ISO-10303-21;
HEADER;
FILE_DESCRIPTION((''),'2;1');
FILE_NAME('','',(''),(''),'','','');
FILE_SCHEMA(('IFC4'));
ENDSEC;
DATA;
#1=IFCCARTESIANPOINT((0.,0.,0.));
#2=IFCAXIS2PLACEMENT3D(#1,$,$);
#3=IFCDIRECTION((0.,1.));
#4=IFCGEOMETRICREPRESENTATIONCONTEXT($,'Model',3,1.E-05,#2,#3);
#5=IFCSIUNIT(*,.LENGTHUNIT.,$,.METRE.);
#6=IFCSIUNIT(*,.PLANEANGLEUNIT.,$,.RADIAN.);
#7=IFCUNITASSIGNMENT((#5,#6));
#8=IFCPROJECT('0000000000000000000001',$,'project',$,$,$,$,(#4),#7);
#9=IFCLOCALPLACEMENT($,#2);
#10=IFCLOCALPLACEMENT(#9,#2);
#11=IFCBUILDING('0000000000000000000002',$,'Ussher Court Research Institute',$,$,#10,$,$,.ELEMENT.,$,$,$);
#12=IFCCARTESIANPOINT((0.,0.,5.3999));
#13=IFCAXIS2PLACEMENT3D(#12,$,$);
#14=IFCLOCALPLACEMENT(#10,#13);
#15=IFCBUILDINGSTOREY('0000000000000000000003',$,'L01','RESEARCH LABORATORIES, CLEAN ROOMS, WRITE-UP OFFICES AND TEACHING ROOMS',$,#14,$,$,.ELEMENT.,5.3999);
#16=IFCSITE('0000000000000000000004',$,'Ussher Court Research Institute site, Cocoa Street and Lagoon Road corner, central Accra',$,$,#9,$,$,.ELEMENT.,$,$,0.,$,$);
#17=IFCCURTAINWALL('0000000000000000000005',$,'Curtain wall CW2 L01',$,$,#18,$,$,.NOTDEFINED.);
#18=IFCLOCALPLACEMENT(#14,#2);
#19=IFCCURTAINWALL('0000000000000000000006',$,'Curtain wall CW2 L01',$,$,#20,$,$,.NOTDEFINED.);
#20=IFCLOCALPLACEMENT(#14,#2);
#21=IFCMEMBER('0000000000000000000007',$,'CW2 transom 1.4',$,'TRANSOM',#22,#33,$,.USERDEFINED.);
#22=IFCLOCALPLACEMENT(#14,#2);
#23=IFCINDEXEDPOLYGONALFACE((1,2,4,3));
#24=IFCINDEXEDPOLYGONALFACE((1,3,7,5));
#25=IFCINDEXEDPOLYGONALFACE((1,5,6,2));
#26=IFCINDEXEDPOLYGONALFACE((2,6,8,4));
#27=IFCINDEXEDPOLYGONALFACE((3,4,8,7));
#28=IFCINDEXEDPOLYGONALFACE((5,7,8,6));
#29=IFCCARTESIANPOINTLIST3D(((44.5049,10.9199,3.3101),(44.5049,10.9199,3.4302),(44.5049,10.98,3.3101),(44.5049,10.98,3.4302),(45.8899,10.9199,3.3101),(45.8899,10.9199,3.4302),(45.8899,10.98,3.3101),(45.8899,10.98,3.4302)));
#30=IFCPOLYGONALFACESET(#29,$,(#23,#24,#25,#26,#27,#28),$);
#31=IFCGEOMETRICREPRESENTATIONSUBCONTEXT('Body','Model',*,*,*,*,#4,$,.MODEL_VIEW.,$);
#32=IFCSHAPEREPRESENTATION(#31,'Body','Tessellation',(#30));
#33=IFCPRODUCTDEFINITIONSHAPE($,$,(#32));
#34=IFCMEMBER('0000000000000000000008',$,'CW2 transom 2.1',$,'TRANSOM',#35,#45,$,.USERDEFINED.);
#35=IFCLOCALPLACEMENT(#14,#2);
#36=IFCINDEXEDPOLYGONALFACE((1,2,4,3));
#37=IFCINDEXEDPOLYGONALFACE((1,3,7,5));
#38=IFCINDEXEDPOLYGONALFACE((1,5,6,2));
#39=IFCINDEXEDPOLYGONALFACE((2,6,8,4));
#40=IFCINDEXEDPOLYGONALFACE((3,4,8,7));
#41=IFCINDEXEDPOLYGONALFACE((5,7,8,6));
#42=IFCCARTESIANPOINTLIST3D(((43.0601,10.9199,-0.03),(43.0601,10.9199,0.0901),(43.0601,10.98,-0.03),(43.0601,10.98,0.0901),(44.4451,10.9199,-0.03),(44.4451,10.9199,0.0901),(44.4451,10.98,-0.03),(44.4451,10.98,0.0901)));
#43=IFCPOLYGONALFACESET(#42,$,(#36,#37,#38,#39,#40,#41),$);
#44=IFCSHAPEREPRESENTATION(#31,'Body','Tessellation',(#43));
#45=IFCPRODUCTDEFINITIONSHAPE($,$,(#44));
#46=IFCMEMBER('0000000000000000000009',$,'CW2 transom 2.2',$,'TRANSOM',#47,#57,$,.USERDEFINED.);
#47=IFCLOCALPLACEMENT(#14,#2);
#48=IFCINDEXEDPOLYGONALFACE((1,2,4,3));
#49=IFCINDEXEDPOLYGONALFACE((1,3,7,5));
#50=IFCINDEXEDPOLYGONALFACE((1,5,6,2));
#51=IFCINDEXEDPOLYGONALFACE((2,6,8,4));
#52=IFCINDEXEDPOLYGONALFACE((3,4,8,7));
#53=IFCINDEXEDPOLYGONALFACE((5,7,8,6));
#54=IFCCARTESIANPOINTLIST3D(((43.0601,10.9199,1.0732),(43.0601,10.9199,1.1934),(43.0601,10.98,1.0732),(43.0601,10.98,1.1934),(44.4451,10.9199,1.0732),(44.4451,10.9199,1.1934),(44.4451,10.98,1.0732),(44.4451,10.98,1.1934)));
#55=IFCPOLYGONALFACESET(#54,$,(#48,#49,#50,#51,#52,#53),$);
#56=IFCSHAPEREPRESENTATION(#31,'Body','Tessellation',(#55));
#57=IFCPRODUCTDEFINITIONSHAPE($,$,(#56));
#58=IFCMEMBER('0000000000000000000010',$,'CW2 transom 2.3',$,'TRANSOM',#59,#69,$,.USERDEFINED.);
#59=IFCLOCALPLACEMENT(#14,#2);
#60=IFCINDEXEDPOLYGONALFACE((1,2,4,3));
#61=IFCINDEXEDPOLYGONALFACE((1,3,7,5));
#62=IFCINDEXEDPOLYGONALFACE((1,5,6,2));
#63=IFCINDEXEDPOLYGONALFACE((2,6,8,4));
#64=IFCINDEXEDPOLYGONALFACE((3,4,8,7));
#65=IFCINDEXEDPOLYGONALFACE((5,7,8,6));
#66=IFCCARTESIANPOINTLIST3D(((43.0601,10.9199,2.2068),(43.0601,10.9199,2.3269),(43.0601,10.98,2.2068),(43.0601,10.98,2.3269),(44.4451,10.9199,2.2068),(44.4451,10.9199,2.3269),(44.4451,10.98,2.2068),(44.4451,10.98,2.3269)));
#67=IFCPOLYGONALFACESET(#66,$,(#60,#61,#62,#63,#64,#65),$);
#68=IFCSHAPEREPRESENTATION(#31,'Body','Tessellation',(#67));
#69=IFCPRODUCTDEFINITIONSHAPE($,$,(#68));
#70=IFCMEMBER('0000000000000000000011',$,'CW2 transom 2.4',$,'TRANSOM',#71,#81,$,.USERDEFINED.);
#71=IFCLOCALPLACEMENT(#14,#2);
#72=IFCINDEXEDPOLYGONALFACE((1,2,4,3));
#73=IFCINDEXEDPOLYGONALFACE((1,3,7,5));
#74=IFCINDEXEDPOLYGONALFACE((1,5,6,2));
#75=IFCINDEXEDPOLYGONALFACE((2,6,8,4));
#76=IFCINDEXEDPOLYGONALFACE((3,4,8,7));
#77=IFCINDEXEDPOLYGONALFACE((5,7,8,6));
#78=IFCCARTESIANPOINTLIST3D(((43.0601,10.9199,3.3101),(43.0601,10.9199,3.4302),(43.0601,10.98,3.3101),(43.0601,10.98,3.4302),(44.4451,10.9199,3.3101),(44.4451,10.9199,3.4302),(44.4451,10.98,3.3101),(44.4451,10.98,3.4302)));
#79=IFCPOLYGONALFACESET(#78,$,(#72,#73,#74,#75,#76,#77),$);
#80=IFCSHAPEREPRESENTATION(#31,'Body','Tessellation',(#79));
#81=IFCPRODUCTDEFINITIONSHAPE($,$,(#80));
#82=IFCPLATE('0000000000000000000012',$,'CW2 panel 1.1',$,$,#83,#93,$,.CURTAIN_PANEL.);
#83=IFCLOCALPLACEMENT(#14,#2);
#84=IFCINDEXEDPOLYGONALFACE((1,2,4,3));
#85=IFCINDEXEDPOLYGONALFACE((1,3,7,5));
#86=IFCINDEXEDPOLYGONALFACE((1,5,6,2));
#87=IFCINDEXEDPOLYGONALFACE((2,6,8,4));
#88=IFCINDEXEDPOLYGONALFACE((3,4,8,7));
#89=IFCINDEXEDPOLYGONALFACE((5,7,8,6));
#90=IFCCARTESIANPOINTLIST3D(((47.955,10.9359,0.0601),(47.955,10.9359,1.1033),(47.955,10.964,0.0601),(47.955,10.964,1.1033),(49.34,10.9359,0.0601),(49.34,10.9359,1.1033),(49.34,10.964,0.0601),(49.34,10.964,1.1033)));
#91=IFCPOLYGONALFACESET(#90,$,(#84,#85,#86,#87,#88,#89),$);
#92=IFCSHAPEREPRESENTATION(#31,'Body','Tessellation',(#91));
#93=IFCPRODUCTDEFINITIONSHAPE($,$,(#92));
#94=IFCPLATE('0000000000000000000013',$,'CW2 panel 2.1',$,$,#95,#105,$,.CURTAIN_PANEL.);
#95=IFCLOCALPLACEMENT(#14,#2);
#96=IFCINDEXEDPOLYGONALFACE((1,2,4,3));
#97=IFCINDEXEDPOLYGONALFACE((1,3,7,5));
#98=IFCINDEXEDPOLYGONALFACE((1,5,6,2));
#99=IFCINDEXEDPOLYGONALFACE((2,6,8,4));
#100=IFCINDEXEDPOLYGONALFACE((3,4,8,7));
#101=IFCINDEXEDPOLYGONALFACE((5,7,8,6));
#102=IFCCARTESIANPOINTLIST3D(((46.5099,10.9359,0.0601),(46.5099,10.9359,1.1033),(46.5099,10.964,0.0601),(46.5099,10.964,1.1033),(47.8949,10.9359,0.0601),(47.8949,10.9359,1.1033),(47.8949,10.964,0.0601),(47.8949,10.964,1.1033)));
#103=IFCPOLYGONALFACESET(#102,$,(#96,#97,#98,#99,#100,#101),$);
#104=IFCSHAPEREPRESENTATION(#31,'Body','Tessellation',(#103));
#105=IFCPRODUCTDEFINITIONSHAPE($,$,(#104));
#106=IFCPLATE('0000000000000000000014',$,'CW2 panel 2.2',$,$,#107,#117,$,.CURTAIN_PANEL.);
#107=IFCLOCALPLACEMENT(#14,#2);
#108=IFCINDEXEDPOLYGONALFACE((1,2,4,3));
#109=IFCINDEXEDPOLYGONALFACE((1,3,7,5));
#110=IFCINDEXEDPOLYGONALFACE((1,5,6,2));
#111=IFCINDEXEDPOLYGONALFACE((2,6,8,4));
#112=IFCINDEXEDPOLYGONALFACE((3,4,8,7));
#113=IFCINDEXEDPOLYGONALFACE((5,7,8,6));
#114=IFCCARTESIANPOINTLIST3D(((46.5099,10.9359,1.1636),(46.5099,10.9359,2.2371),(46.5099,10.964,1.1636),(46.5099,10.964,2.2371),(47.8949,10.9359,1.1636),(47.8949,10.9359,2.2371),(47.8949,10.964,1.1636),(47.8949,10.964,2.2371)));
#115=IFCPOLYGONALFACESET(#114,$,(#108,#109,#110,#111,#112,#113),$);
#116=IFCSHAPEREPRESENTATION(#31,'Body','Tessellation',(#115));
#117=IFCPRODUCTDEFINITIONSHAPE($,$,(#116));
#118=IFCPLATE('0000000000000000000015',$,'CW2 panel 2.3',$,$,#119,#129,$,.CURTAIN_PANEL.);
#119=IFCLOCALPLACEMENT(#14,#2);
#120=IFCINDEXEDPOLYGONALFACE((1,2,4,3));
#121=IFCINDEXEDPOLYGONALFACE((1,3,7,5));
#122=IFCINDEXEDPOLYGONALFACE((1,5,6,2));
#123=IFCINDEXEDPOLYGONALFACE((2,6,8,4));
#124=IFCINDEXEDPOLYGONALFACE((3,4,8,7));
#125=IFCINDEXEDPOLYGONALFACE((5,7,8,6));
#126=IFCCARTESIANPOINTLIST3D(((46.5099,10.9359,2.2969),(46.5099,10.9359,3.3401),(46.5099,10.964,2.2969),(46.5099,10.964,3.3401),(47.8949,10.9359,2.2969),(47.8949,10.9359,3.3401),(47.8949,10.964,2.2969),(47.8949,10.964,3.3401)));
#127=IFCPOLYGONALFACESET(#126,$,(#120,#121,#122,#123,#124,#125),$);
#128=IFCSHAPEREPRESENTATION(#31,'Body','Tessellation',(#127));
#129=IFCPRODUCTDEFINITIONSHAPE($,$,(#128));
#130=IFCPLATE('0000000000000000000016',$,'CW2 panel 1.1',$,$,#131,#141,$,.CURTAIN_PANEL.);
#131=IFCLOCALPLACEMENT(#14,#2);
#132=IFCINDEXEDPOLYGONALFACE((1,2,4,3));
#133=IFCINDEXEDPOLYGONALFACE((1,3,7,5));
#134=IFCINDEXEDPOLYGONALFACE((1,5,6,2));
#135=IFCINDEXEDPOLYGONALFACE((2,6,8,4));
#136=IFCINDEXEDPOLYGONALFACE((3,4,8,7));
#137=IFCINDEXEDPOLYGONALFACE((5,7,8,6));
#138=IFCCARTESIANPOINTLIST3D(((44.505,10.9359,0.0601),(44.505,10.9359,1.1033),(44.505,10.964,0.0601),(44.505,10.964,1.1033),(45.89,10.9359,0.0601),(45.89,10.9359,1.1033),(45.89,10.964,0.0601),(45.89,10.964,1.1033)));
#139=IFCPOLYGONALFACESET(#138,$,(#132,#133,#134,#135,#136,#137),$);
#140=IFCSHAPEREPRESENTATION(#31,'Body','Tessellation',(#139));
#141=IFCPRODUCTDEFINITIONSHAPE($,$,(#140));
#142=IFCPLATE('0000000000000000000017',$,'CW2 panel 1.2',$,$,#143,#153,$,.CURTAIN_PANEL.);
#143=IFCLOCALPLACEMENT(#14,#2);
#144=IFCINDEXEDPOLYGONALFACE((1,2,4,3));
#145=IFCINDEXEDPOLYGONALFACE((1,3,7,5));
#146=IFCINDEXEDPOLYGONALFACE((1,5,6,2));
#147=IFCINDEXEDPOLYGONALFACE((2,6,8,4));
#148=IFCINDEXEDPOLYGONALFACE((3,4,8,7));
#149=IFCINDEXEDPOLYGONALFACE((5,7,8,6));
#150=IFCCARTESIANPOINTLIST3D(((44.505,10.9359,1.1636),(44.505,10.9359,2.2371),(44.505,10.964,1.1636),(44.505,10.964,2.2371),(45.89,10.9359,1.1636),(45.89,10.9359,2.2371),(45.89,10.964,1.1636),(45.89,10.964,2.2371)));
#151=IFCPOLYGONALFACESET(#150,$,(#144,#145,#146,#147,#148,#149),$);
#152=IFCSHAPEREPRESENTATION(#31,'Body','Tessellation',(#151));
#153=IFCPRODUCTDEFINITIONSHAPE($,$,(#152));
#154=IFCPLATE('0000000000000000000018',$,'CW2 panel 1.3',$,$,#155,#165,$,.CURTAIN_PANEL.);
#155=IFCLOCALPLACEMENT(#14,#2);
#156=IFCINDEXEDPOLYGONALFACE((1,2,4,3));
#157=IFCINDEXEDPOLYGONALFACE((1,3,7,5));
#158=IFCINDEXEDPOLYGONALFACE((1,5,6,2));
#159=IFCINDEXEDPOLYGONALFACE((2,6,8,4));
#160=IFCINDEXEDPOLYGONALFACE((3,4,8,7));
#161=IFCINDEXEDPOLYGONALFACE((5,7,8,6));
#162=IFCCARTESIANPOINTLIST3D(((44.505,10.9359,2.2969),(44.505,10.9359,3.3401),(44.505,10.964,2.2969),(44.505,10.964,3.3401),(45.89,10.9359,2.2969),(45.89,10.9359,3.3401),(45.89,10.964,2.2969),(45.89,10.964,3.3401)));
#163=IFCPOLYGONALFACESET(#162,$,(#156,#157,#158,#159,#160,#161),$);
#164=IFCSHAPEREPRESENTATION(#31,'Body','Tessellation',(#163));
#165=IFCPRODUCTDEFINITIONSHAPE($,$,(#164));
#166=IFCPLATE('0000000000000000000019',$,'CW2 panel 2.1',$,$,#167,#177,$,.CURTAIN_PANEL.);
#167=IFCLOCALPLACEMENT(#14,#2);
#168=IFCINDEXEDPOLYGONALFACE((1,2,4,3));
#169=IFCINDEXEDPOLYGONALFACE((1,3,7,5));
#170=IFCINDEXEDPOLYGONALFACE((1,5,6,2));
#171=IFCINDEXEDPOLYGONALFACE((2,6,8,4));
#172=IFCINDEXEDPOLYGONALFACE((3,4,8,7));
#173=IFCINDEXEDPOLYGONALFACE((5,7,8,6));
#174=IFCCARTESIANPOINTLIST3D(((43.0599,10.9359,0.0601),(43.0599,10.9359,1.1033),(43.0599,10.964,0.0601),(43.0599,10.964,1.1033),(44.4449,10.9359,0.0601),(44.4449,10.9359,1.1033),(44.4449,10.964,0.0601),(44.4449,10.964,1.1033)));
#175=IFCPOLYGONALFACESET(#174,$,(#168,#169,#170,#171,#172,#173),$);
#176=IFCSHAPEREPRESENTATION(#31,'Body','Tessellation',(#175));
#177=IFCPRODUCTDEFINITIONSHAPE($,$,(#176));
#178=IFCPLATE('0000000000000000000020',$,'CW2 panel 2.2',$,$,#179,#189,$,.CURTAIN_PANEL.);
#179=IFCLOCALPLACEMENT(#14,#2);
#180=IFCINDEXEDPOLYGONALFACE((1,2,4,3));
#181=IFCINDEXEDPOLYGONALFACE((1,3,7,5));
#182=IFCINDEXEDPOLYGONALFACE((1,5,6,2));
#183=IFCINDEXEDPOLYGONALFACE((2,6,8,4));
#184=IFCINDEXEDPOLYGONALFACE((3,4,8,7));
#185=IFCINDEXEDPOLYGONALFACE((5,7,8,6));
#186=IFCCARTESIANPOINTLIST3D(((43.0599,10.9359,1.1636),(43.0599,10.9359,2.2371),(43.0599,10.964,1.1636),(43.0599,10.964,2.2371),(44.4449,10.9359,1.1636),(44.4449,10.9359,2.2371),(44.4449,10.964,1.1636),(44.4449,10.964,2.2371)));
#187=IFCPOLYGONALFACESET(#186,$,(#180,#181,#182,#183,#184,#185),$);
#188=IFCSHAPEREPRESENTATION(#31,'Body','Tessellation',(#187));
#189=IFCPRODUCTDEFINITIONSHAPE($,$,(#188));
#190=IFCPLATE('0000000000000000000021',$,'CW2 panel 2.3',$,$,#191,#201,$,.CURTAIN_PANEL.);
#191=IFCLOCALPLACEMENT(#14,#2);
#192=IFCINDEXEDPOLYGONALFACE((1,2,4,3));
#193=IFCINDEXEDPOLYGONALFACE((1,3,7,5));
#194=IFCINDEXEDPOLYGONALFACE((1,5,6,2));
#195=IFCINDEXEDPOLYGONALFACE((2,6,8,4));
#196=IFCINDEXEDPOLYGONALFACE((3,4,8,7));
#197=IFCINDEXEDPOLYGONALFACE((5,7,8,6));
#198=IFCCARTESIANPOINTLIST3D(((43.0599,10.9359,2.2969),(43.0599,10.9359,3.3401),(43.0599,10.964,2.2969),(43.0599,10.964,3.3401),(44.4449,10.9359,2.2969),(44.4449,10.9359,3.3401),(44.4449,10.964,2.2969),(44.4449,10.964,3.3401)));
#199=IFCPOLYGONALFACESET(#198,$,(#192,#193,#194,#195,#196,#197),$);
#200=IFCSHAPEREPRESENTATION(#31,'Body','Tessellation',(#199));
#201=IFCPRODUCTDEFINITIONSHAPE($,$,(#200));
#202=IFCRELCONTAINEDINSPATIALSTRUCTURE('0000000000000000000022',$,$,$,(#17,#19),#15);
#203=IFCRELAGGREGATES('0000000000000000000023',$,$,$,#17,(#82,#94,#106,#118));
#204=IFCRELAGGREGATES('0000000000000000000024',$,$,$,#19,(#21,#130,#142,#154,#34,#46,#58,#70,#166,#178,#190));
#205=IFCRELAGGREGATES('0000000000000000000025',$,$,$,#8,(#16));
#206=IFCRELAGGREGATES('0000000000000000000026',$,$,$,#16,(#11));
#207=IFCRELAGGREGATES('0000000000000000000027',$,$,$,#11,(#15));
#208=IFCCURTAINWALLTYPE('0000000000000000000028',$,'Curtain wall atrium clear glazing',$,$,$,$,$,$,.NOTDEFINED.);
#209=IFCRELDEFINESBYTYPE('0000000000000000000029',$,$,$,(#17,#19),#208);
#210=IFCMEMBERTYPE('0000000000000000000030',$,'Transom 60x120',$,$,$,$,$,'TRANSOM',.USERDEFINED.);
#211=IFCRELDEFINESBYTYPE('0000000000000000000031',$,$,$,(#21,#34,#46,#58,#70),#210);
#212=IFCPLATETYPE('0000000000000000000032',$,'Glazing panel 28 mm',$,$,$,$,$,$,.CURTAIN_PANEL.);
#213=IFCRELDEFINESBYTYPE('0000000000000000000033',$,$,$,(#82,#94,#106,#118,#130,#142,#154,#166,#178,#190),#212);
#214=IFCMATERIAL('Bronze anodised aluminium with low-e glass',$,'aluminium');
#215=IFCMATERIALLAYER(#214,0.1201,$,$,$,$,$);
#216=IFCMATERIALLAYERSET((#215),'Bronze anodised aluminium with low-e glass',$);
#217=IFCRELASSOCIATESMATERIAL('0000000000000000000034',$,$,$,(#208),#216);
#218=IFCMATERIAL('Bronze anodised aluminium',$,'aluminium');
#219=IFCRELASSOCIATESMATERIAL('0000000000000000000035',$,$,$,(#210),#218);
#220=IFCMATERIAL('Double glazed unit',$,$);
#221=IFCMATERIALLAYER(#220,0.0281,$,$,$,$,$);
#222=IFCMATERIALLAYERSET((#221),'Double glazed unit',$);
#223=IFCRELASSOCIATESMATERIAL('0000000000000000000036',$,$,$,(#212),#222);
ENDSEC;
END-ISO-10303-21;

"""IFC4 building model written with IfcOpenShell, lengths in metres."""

from ifc_helpers import new_model, si_unit, direction, frame, origin, origin_2d, place, context, subcontext, project, spatial, rectangle, extrude, material, layer, layer_set, material_profile, profile_set, type_object, element, aggregate, save


model = new_model("IFC4")

# Units and contexts
model_context = context("Model", 3, precision=1e-05, world=origin(), true_north=direction((0.0, 1.0)))
body_context = subcontext(model_context, "Body", "Model", "MODEL_VIEW")
ifc_project = project(units=[si_unit("LENGTHUNIT", "METRE"), si_unit("PLANEANGLEUNIT", "RADIAN")], contexts=[model_context])

# Site, building, storey
site_placement = place(None, origin())
site = spatial("IfcSite", under=ifc_project, at=site_placement, Name="Ussher Court Research Institute site, Cocoa Street and Lagoon Road corner, central Accra", CompositionType="ELEMENT", RefElevation=0.0)
building_placement = place(site_placement, origin())
building = spatial("IfcBuilding", under=site, at=building_placement, Name="Ussher Court Research Institute", CompositionType="ELEMENT")
storey_placement = place(building_placement, frame((0.0, 0.0, 5.3999)))
storey = spatial("IfcBuildingStorey", under=building, at=storey_placement, Name="L01", Description="RESEARCH LABORATORIES, CLEAN ROOMS, WRITE-UP OFFICES AND TEACHING ROOMS", CompositionType="ELEMENT", Elevation=5.3999)

# Curtain walls
ifc_material_1 = material(Name="Bronze anodised aluminium with low-e glass", Category="aluminium")
ifc_layer_1 = layer(ifc_material_1, 0.1201)
ifc_layer_set_1 = layer_set([ifc_layer_1], Name="Bronze anodised aluminium with low-e glass")
curtain_wall_type = type_object("IfcCurtainWallType", Name="Curtain wall atrium clear glazing", PredefinedType="NOTDEFINED", material=ifc_layer_set_1)
curtain_wall_1_placement = place(storey_placement, origin())
curtain_wall_1 = element("IfcCurtainWall", 1, at=curtain_wall_1_placement, inside=storey, type_object=curtain_wall_type, Name="Curtain wall CW2 L01", PredefinedType="NOTDEFINED")
curtain_wall_2_placement = place(storey_placement, origin())
curtain_wall_2 = element("IfcCurtainWall", 2, at=curtain_wall_2_placement, inside=storey, type_object=curtain_wall_type, Name="Curtain wall CW2 L01", PredefinedType="NOTDEFINED")

# Members
ifc_material_2 = material(Name="Bronze anodised aluminium", Category="aluminium")
ifc_material_profile_1 = material_profile(ifc_material_2, rectangle(XDim=0.0601, YDim=0.1201, at=origin_2d()), Name="Transom 60x120")
ifc_profile_set_1 = profile_set([ifc_material_profile_1], Name="Bronze anodised aluminium")
member_type_1 = type_object("IfcMemberType", Name="Transom 60x120", ElementType="TRANSOM", PredefinedType="USERDEFINED", material=ifc_profile_set_1)
member_1_placement = place(storey_placement, frame((45.8899, 10.95, 3.3701), z_axis=(-1.0, 0.0, 0.0), x_axis=(0.0, -1.0, 0.0)))
member_1 = element("IfcMember", 3, at=member_1_placement, type_object=member_type_1, Name="CW2 transom 1.4", ObjectType="TRANSOM", PredefinedType="USERDEFINED", context=body_context, shape_type="SweptSolid", body=[
    extrude(rectangle(XDim=0.0601, YDim=0.1201, at=origin_2d()), origin(), (0.0, 0.0, 1.0), 1.385),
])
member_2_placement = place(storey_placement, frame((44.4451, 10.95, 0.03), z_axis=(-1.0, 0.0, 0.0), x_axis=(0.0, -1.0, 0.0)))
member_2 = element("IfcMember", 4, at=member_2_placement, type_object=member_type_1, Name="CW2 transom 2.1", ObjectType="TRANSOM", PredefinedType="USERDEFINED", context=body_context, shape_type="SweptSolid", body=[
    extrude(rectangle(XDim=0.0601, YDim=0.1201, at=origin_2d()), origin(), (0.0, 0.0, 1.0), 1.385),
])
member_3_placement = place(storey_placement, frame((44.4451, 10.95, 1.1333), z_axis=(-1.0, 0.0, 0.0), x_axis=(0.0, -1.0, 0.0)))
member_3 = element("IfcMember", 5, at=member_3_placement, type_object=member_type_1, Name="CW2 transom 2.2", ObjectType="TRANSOM", PredefinedType="USERDEFINED", context=body_context, shape_type="SweptSolid", body=[
    extrude(rectangle(XDim=0.0601, YDim=0.1201, at=origin_2d()), origin(), (0.0, 0.0, 1.0), 1.385),
])
member_4_placement = place(storey_placement, frame((44.4451, 10.95, 2.2668), z_axis=(-1.0, 0.0, 0.0), x_axis=(0.0, -1.0, 0.0)))
member_4 = element("IfcMember", 6, at=member_4_placement, type_object=member_type_1, Name="CW2 transom 2.3", ObjectType="TRANSOM", PredefinedType="USERDEFINED", context=body_context, shape_type="SweptSolid", body=[
    extrude(rectangle(XDim=0.0601, YDim=0.1201, at=origin_2d()), origin(), (0.0, 0.0, 1.0), 1.385),
])
member_5_placement = place(storey_placement, frame((44.4451, 10.95, 3.3701), z_axis=(-1.0, 0.0, 0.0), x_axis=(0.0, -1.0, 0.0)))
member_5 = element("IfcMember", 7, at=member_5_placement, type_object=member_type_1, Name="CW2 transom 2.4", ObjectType="TRANSOM", PredefinedType="USERDEFINED", context=body_context, shape_type="SweptSolid", body=[
    extrude(rectangle(XDim=0.0601, YDim=0.1201, at=origin_2d()), origin(), (0.0, 0.0, 1.0), 1.385),
])

# Plates
ifc_material_3 = material(Name="Double glazed unit")
ifc_layer_2 = layer(ifc_material_3, 0.0281)
ifc_layer_set_2 = layer_set([ifc_layer_2], Name="Double glazed unit")
plate_type = type_object("IfcPlateType", Name="Glazing panel 28 mm", PredefinedType="CURTAIN_PANEL", material=ifc_layer_set_2)
plate_1_placement = place(storey_placement, frame((48.6475, 10.95, 0.0601), z_axis=(0.0, 0.0, 1.0), x_axis=(-1.0, 0.0, 0.0)))
plate_1 = element("IfcPlate", 8, at=plate_1_placement, type_object=plate_type, Name="CW2 panel 1.1", PredefinedType="CURTAIN_PANEL", context=body_context, shape_type="SweptSolid", body=[
    extrude(rectangle(XDim=1.385, YDim=0.0281, at=origin_2d()), origin(), (0.0, 0.0, 1.0), 1.0432),
])
plate_2_placement = place(storey_placement, frame((47.2024, 10.95, 0.0601), z_axis=(0.0, 0.0, 1.0), x_axis=(-1.0, 0.0, 0.0)))
plate_2 = element("IfcPlate", 9, at=plate_2_placement, type_object=plate_type, Name="CW2 panel 2.1", PredefinedType="CURTAIN_PANEL", context=body_context, shape_type="SweptSolid", body=[
    extrude(rectangle(XDim=1.385, YDim=0.0281, at=origin_2d()), origin(), (0.0, 0.0, 1.0), 1.0432),
])
plate_3_placement = place(storey_placement, frame((47.2024, 10.95, 1.1636), z_axis=(0.0, 0.0, 1.0), x_axis=(-1.0, 0.0, 0.0)))
plate_3 = element("IfcPlate", 10, at=plate_3_placement, type_object=plate_type, Name="CW2 panel 2.2", PredefinedType="CURTAIN_PANEL", context=body_context, shape_type="SweptSolid", body=[
    extrude(rectangle(XDim=1.385, YDim=0.0281, at=origin_2d()), origin(), (0.0, 0.0, 1.0), 1.0735),
])
plate_4_placement = place(storey_placement, frame((47.2024, 10.95, 2.2969), z_axis=(0.0, 0.0, 1.0), x_axis=(-1.0, 0.0, 0.0)))
plate_4 = element("IfcPlate", 11, at=plate_4_placement, type_object=plate_type, Name="CW2 panel 2.3", PredefinedType="CURTAIN_PANEL", context=body_context, shape_type="SweptSolid", body=[
    extrude(rectangle(XDim=1.385, YDim=0.0281, at=origin_2d()), origin(), (0.0, 0.0, 1.0), 1.0432),
])
aggregate(curtain_wall_1, [plate_1, plate_2, plate_3, plate_4])
plate_5_placement = place(storey_placement, frame((45.1975, 10.95, 0.0601), z_axis=(0.0, 0.0, 1.0), x_axis=(-1.0, 0.0, 0.0)))
plate_5 = element("IfcPlate", 12, at=plate_5_placement, type_object=plate_type, Name="CW2 panel 1.1", PredefinedType="CURTAIN_PANEL", context=body_context, shape_type="SweptSolid", body=[
    extrude(rectangle(XDim=1.385, YDim=0.0281, at=origin_2d()), origin(), (0.0, 0.0, 1.0), 1.0432),
])
plate_6_placement = place(storey_placement, frame((45.1975, 10.95, 1.1636), z_axis=(0.0, 0.0, 1.0), x_axis=(-1.0, 0.0, 0.0)))
plate_6 = element("IfcPlate", 13, at=plate_6_placement, type_object=plate_type, Name="CW2 panel 1.2", PredefinedType="CURTAIN_PANEL", context=body_context, shape_type="SweptSolid", body=[
    extrude(rectangle(XDim=1.385, YDim=0.0281, at=origin_2d()), origin(), (0.0, 0.0, 1.0), 1.0735),
])
plate_7_placement = place(storey_placement, frame((45.1975, 10.95, 2.2969), z_axis=(0.0, 0.0, 1.0), x_axis=(-1.0, 0.0, 0.0)))
plate_7 = element("IfcPlate", 14, at=plate_7_placement, type_object=plate_type, Name="CW2 panel 1.3", PredefinedType="CURTAIN_PANEL", context=body_context, shape_type="SweptSolid", body=[
    extrude(rectangle(XDim=1.385, YDim=0.0281, at=origin_2d()), origin(), (0.0, 0.0, 1.0), 1.0432),
])
plate_8_placement = place(storey_placement, frame((43.7524, 10.95, 0.0601), z_axis=(0.0, 0.0, 1.0), x_axis=(-1.0, 0.0, 0.0)))
plate_8 = element("IfcPlate", 15, at=plate_8_placement, type_object=plate_type, Name="CW2 panel 2.1", PredefinedType="CURTAIN_PANEL", context=body_context, shape_type="SweptSolid", body=[
    extrude(rectangle(XDim=1.385, YDim=0.0281, at=origin_2d()), origin(), (0.0, 0.0, 1.0), 1.0432),
])
plate_9_placement = place(storey_placement, frame((43.7524, 10.95, 1.1636), z_axis=(0.0, 0.0, 1.0), x_axis=(-1.0, 0.0, 0.0)))
plate_9 = element("IfcPlate", 16, at=plate_9_placement, type_object=plate_type, Name="CW2 panel 2.2", PredefinedType="CURTAIN_PANEL", context=body_context, shape_type="SweptSolid", body=[
    extrude(rectangle(XDim=1.385, YDim=0.0281, at=origin_2d()), origin(), (0.0, 0.0, 1.0), 1.0735),
])
plate_10_placement = place(storey_placement, frame((43.7524, 10.95, 2.2969), z_axis=(0.0, 0.0, 1.0), x_axis=(-1.0, 0.0, 0.0)))
plate_10 = element("IfcPlate", 17, at=plate_10_placement, type_object=plate_type, Name="CW2 panel 2.3", PredefinedType="CURTAIN_PANEL", context=body_context, shape_type="SweptSolid", body=[
    extrude(rectangle(XDim=1.385, YDim=0.0281, at=origin_2d()), origin(), (0.0, 0.0, 1.0), 1.0432),
])
aggregate(curtain_wall_2, [member_1, plate_5, plate_6, plate_7, member_2, member_3, member_4, member_5, plate_8, plate_9, plate_10])

save(model, "model.ifc")
